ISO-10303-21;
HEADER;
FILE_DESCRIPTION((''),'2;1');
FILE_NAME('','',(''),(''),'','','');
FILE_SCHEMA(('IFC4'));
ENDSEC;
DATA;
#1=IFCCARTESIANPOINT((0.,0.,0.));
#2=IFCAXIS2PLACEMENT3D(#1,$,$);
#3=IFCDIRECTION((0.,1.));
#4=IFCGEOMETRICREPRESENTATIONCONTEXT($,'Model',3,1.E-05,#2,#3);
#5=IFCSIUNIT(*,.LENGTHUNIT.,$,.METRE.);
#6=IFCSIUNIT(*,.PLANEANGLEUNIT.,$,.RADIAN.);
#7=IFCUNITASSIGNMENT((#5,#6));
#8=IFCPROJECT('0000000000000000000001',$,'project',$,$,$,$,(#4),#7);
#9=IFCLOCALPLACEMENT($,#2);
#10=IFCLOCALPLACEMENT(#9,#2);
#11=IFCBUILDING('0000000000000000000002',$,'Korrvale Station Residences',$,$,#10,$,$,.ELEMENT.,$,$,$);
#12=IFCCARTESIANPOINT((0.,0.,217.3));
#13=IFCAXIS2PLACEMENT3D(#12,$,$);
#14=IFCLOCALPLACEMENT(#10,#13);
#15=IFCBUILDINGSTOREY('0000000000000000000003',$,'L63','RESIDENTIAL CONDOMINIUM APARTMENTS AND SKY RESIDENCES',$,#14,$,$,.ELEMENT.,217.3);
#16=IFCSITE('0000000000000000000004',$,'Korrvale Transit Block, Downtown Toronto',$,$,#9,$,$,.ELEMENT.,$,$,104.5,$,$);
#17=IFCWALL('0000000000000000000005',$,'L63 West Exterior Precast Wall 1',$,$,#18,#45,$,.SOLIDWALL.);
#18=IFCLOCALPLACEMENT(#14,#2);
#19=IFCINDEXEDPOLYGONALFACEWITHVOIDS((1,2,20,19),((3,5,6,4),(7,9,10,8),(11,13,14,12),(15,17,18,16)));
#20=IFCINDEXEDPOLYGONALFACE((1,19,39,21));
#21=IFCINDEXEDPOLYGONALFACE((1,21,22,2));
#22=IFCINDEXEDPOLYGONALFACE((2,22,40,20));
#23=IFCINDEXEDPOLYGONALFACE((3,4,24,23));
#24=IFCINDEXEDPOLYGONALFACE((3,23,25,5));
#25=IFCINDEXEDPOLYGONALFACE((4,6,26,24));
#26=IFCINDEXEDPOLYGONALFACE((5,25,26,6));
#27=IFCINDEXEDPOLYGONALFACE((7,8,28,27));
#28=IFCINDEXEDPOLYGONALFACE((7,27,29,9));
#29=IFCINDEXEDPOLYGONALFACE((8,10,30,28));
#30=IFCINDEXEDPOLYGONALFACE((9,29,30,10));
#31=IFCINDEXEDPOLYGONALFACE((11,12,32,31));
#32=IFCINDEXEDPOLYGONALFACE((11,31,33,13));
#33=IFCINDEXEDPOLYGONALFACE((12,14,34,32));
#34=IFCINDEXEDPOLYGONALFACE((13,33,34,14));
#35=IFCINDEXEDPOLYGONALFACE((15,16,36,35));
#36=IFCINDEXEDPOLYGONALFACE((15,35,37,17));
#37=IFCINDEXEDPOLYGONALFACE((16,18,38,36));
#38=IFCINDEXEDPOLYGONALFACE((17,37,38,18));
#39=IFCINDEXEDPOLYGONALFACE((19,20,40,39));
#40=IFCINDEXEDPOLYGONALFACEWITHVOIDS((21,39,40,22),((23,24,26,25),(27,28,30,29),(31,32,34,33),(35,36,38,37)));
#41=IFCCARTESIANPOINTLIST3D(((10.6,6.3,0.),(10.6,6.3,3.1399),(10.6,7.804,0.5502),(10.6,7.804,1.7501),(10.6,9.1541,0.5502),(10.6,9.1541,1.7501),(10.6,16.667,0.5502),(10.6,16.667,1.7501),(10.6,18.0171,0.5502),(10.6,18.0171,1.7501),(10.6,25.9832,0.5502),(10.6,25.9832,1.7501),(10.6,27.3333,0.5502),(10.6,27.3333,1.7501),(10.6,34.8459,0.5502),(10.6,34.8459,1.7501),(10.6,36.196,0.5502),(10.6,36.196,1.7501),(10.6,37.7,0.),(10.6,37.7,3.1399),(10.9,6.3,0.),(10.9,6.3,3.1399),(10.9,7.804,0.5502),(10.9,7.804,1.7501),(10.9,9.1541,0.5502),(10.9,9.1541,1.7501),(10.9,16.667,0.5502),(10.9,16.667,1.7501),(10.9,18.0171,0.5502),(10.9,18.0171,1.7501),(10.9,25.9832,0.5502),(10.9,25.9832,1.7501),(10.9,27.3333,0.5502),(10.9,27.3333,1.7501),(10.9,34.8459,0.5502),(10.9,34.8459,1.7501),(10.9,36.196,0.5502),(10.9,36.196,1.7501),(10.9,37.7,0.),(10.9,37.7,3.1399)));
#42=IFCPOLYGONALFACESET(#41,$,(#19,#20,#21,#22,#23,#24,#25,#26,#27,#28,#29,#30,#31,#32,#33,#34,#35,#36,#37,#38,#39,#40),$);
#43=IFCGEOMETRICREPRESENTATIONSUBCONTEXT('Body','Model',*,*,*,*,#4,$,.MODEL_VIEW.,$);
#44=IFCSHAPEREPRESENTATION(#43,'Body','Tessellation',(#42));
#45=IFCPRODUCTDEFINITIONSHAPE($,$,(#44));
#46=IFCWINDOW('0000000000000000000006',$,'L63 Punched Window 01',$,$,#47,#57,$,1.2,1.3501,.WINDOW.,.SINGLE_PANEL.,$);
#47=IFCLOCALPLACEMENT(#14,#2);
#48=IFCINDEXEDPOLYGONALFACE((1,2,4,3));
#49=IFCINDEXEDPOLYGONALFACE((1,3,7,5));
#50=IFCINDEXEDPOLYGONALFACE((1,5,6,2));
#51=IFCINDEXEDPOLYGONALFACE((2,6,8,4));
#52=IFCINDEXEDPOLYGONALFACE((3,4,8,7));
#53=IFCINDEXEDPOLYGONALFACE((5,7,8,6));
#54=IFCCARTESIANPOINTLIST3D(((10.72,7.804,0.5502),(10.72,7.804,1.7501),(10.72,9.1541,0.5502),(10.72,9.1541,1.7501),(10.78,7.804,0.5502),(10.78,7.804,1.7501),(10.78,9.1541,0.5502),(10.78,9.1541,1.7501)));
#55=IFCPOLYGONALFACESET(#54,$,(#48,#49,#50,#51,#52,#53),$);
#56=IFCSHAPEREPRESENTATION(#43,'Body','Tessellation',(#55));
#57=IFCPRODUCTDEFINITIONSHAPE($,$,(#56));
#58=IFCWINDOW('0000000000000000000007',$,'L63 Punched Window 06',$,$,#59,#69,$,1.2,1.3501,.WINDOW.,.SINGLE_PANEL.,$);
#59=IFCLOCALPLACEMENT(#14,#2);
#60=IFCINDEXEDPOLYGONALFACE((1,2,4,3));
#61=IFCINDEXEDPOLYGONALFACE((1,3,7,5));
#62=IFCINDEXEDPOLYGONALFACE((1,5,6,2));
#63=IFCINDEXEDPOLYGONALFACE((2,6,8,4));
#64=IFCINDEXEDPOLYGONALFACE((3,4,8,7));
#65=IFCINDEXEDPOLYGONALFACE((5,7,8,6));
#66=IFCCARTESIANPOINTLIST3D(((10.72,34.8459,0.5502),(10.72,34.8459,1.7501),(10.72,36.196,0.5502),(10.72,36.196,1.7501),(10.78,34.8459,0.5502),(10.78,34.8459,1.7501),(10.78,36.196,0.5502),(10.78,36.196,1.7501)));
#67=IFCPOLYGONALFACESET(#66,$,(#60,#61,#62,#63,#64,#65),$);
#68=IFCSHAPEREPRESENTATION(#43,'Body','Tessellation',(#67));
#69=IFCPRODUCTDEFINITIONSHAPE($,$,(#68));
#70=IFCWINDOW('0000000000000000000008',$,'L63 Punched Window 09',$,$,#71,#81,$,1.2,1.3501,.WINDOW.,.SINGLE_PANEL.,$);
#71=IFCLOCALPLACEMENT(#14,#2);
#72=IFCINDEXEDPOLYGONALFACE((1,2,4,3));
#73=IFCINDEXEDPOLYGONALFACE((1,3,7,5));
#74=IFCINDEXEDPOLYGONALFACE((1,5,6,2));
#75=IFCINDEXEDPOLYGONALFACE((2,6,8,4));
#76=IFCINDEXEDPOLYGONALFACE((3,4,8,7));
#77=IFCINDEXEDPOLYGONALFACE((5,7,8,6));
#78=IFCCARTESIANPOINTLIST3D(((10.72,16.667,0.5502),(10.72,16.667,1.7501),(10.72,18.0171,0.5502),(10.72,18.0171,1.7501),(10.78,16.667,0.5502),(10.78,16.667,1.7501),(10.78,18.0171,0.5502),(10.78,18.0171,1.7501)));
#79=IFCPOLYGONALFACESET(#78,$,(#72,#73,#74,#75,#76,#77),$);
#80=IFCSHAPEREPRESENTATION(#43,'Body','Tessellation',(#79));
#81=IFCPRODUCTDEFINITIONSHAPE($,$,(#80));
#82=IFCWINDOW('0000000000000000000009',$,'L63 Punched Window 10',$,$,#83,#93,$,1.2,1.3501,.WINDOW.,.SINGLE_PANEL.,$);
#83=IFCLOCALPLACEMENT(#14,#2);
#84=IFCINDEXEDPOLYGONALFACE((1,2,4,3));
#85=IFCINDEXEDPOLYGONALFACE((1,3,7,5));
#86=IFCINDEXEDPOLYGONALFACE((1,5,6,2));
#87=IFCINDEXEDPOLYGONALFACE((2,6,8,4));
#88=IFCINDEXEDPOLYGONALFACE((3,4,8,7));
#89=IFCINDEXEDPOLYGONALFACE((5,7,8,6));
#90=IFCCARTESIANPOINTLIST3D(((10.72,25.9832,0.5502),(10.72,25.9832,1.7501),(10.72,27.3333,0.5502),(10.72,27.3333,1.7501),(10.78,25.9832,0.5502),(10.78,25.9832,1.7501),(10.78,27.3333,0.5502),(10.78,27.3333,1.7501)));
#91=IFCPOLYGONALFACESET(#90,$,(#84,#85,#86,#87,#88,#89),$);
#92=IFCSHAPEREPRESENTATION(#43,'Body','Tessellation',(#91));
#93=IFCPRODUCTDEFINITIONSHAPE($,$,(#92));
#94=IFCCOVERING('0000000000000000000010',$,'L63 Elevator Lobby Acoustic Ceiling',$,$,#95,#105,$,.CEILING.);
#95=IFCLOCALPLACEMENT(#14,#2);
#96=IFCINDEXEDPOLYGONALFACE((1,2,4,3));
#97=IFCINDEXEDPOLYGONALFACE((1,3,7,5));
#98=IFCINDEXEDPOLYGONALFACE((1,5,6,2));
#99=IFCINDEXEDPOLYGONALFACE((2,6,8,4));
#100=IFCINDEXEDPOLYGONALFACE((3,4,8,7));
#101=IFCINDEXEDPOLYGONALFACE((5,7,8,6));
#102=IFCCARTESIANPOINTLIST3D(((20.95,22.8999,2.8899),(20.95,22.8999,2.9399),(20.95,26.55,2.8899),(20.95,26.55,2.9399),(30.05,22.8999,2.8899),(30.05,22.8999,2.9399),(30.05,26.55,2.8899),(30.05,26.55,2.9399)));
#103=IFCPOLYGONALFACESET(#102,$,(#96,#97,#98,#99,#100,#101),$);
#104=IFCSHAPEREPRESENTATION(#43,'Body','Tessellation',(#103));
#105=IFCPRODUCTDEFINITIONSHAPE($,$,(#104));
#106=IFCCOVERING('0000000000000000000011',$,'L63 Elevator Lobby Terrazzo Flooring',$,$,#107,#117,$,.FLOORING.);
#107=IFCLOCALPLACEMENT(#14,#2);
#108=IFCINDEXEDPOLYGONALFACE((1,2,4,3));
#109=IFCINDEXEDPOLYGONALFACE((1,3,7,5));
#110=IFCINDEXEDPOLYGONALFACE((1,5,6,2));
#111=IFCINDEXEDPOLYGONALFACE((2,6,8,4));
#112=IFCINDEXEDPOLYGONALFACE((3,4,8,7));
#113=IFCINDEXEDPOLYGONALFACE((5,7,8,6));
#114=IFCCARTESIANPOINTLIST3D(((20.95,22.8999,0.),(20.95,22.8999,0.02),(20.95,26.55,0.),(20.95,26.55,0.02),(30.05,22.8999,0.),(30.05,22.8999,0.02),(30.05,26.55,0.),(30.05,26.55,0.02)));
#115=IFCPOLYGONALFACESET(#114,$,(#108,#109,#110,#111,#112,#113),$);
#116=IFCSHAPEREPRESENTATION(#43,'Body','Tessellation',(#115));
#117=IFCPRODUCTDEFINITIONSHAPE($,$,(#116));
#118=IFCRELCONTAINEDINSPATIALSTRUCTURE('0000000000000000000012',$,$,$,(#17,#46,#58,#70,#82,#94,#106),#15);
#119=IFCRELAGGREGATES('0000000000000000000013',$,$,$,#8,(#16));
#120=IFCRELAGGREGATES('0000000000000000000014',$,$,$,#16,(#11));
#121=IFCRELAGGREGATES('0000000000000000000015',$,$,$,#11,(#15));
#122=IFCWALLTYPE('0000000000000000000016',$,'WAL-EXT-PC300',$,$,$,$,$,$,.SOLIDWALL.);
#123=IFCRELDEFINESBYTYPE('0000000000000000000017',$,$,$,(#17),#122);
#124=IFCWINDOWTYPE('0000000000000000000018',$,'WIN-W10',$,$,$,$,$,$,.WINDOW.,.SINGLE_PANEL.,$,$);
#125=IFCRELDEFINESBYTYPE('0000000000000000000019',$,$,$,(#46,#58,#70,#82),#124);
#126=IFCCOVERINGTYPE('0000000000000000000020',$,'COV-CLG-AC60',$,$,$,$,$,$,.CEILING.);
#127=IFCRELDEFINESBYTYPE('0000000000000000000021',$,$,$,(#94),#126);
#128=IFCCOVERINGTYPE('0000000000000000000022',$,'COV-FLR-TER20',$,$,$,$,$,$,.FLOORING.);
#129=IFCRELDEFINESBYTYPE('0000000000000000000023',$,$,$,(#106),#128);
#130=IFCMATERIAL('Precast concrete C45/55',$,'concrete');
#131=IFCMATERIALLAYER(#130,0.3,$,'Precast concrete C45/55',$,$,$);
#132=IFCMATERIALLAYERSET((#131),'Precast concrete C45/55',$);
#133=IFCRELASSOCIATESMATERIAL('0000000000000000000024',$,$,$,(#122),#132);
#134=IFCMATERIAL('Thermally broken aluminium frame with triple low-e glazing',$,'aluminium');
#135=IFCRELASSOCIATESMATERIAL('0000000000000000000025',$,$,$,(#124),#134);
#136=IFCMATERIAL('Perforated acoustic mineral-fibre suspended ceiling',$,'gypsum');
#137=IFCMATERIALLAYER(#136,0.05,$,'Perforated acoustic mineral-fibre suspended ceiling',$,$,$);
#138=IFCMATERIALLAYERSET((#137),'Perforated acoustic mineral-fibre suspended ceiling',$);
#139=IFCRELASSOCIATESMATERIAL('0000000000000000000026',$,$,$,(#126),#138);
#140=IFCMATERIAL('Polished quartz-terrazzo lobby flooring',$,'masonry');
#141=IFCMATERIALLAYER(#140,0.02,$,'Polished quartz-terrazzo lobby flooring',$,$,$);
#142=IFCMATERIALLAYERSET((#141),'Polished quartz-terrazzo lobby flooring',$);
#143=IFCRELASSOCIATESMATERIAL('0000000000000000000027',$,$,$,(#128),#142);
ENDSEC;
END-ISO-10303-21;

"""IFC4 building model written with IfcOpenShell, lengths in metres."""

from ifc_helpers import new_model, si_unit, direction, frame, frame_2d, origin, place, context, subcontext, project, spatial, polyline, rectangle, outline, extrude, material, layer, layer_set, type_object, element, fill, save


model = new_model("IFC4")

# Units and contexts
model_context = context("Model", 3, precision=1e-05, world=origin(), true_north=direction((0.0, 1.0)))
body_context = subcontext(model_context, "Body", "Model", "MODEL_VIEW")
ifc_project = project(units=[si_unit("LENGTHUNIT", "METRE"), si_unit("PLANEANGLEUNIT", "RADIAN")], contexts=[model_context])

# Site, building, storey
site_placement = place(None, origin())
site = spatial("IfcSite", under=ifc_project, at=site_placement, Name="Korrvale Transit Block, Downtown Toronto", CompositionType="ELEMENT", RefElevation=104.5)
building_placement = place(site_placement, origin())
building = spatial("IfcBuilding", under=site, at=building_placement, Name="Korrvale Station Residences", CompositionType="ELEMENT")
storey_placement = place(building_placement, frame((0.0, 0.0, 217.3)))
storey = spatial("IfcBuildingStorey", under=building, at=storey_placement, Name="L63", Description="RESIDENTIAL CONDOMINIUM APARTMENTS AND SKY RESIDENCES", CompositionType="ELEMENT", Elevation=217.3)

# Shared definitions
ifc_material_1 = material(Name="Precast concrete C45/55", Category="concrete")

# Wall, openings, windows
ifc_layer_1 = layer(ifc_material_1, 0.3, Name="Precast concrete C45/55")
ifc_layer_set_1 = layer_set([ifc_layer_1], Name="Precast concrete C45/55")
wall_type_1 = type_object("IfcWallType", Name="WAL-EXT-PC300", PredefinedType="SOLIDWALL", material=ifc_layer_set_1)
wall_1_placement = place(storey_placement, frame((10.75, 6.3, 0.0), z_axis=(0.0, 0.0, 1.0), x_axis=(0.0, 1.0, 0.0)))
wall_1 = element("IfcWall", 1, at=wall_1_placement, inside=storey, type_object=wall_type_1, Name="L63 West Exterior Precast Wall 1", PredefinedType="SOLIDWALL", context=body_context, shape_type="SweptSolid", body=[
    extrude(rectangle(XDim=31.3999, YDim=0.3, at=frame_2d((15.7, 0.0))), origin(), (0.0, 0.0, 1.0), 3.1399),
])
opening_1_placement = place(wall_1_placement, frame((1.5039, 0.0, 0.55)))
opening_1 = element("IfcOpeningElement", 2, at=opening_1_placement, cuts=wall_1, PredefinedType="OPENING", context=body_context, shape_type="SweptSolid", body=[
    extrude(rectangle(XDim=1.3501, YDim=1.2, at=frame_2d((0.675, 0.6001))), frame((0.0, 0.1602, 0.0), z_axis=(0.0, -1.0, 0.0), x_axis=(1.0, 0.0, 0.0)), (0.0, 0.0, 1.0), 0.3201),
])
opening_2_placement = place(wall_1_placement, frame((28.5459, 0.0, 0.55)))
opening_2 = element("IfcOpeningElement", 3, at=opening_2_placement, cuts=wall_1, PredefinedType="OPENING", context=body_context, shape_type="SweptSolid", body=[
    extrude(rectangle(XDim=1.3501, YDim=1.2, at=frame_2d((0.675, 0.6001))), frame((0.0, 0.1602, 0.0), z_axis=(0.0, -1.0, 0.0), x_axis=(1.0, 0.0, 0.0)), (0.0, 0.0, 1.0), 0.3201),
])
opening_3_placement = place(wall_1_placement, frame((10.3669, 0.0, 0.55)))
opening_3 = element("IfcOpeningElement", 4, at=opening_3_placement, cuts=wall_1, PredefinedType="OPENING", context=body_context, shape_type="SweptSolid", body=[
    extrude(rectangle(XDim=1.3501, YDim=1.2, at=frame_2d((0.675, 0.6001))), frame((0.0, 0.1602, 0.0), z_axis=(0.0, -1.0, 0.0), x_axis=(1.0, 0.0, 0.0)), (0.0, 0.0, 1.0), 0.3201),
])
opening_4_placement = place(wall_1_placement, frame((19.6831, 0.0, 0.55)))
opening_4 = element("IfcOpeningElement", 5, at=opening_4_placement, cuts=wall_1, PredefinedType="OPENING", context=body_context, shape_type="SweptSolid", body=[
    extrude(rectangle(XDim=1.3501, YDim=1.2, at=frame_2d((0.675, 0.6001))), frame((0.0, 0.1602, 0.0), z_axis=(0.0, -1.0, 0.0), x_axis=(1.0, 0.0, 0.0)), (0.0, 0.0, 1.0), 0.3201),
])
ifc_material_2 = material(Name="Thermally broken aluminium frame with triple low-e glazing", Category="aluminium")
window_type = type_object("IfcWindowType", Name="WIN-W10", PartitioningType="SINGLE_PANEL", PredefinedType="WINDOW", material=ifc_material_2)
window_1_placement = place(opening_1_placement, origin())
window_1 = element("IfcWindow", 6, at=window_1_placement, inside=storey, type_object=window_type, Name="L63 Punched Window 01", OverallHeight=1.2, OverallWidth=1.3501, PartitioningType="SINGLE_PANEL", PredefinedType="WINDOW", context=body_context, shape_type="SweptSolid", body=[
    extrude(rectangle(XDim=1.3501, YDim=1.2, at=frame_2d((0.675, 0.6001))), frame((0.0, 0.03, 0.0), z_axis=(0.0, -1.0, 0.0), x_axis=(1.0, 0.0, 0.0)), (0.0, 0.0, 1.0), 0.0601),
])
fill(opening_1, window_1)
window_2_placement = place(opening_2_placement, origin())
window_2 = element("IfcWindow", 7, at=window_2_placement, inside=storey, type_object=window_type, Name="L63 Punched Window 06", OverallHeight=1.2, OverallWidth=1.3501, PartitioningType="SINGLE_PANEL", PredefinedType="WINDOW", context=body_context, shape_type="SweptSolid", body=[
    extrude(rectangle(XDim=1.3501, YDim=1.2, at=frame_2d((0.675, 0.6001))), frame((0.0, 0.03, 0.0), z_axis=(0.0, -1.0, 0.0), x_axis=(1.0, 0.0, 0.0)), (0.0, 0.0, 1.0), 0.0601),
])
fill(opening_2, window_2)
window_3_placement = place(opening_3_placement, origin())
window_3 = element("IfcWindow", 8, at=window_3_placement, inside=storey, type_object=window_type, Name="L63 Punched Window 09", OverallHeight=1.2, OverallWidth=1.3501, PartitioningType="SINGLE_PANEL", PredefinedType="WINDOW", context=body_context, shape_type="SweptSolid", body=[
    extrude(rectangle(XDim=1.3501, YDim=1.2, at=frame_2d((0.675, 0.6001))), frame((0.0, 0.03, 0.0), z_axis=(0.0, -1.0, 0.0), x_axis=(1.0, 0.0, 0.0)), (0.0, 0.0, 1.0), 0.0601),
])
fill(opening_3, window_3)
window_4_placement = place(opening_4_placement, origin())
window_4 = element("IfcWindow", 9, at=window_4_placement, inside=storey, type_object=window_type, Name="L63 Punched Window 10", OverallHeight=1.2, OverallWidth=1.3501, PartitioningType="SINGLE_PANEL", PredefinedType="WINDOW", context=body_context, shape_type="SweptSolid", body=[
    extrude(rectangle(XDim=1.3501, YDim=1.2, at=frame_2d((0.675, 0.6001))), frame((0.0, 0.03, 0.0), z_axis=(0.0, -1.0, 0.0), x_axis=(1.0, 0.0, 0.0)), (0.0, 0.0, 1.0), 0.0601),
])
fill(opening_4, window_4)

# Coverings
ifc_material_3 = material(Name="Perforated acoustic mineral-fibre suspended ceiling", Category="gypsum")
ifc_layer_2 = layer(ifc_material_3, 0.05, Name="Perforated acoustic mineral-fibre suspended ceiling")
ifc_layer_set_2 = layer_set([ifc_layer_2], Name="Perforated acoustic mineral-fibre suspended ceiling")
covering_type_1 = type_object("IfcCoveringType", Name="COV-CLG-AC60", PredefinedType="CEILING", material=ifc_layer_set_2)
covering_1_placement = place(storey_placement, frame((0.0, 0.0, 2.8899)))
element("IfcCovering", 10, at=covering_1_placement, inside=storey, type_object=covering_type_1, Name="L63 Elevator Lobby Acoustic Ceiling", PredefinedType="CEILING", context=body_context, shape_type="SweptSolid", body=[
    extrude(outline(polyline([(20.95, 22.8999), (30.05, 22.8999), (30.05, 26.55), (20.95, 26.55), (20.95, 22.8999)])), origin(), (0.0, 0.0, 1.0), 0.05),
])
ifc_material_4 = material(Name="Polished quartz-terrazzo lobby flooring", Category="masonry")
ifc_layer_3 = layer(ifc_material_4, 0.02, Name="Polished quartz-terrazzo lobby flooring")
ifc_layer_set_3 = layer_set([ifc_layer_3], Name="Polished quartz-terrazzo lobby flooring")
covering_type_2 = type_object("IfcCoveringType", Name="COV-FLR-TER20", PredefinedType="FLOORING", material=ifc_layer_set_3)
covering_2_placement = place(storey_placement, origin())
element("IfcCovering", 11, at=covering_2_placement, inside=storey, type_object=covering_type_2, Name="L63 Elevator Lobby Terrazzo Flooring", PredefinedType="FLOORING", context=body_context, shape_type="SweptSolid", body=[
    extrude(outline(polyline([(20.95, 22.8999), (30.05, 22.8999), (30.05, 26.55), (20.95, 26.55), (20.95, 22.8999)])), origin(), (0.0, 0.0, 1.0), 0.02),
])

save(model, "model.ifc")
